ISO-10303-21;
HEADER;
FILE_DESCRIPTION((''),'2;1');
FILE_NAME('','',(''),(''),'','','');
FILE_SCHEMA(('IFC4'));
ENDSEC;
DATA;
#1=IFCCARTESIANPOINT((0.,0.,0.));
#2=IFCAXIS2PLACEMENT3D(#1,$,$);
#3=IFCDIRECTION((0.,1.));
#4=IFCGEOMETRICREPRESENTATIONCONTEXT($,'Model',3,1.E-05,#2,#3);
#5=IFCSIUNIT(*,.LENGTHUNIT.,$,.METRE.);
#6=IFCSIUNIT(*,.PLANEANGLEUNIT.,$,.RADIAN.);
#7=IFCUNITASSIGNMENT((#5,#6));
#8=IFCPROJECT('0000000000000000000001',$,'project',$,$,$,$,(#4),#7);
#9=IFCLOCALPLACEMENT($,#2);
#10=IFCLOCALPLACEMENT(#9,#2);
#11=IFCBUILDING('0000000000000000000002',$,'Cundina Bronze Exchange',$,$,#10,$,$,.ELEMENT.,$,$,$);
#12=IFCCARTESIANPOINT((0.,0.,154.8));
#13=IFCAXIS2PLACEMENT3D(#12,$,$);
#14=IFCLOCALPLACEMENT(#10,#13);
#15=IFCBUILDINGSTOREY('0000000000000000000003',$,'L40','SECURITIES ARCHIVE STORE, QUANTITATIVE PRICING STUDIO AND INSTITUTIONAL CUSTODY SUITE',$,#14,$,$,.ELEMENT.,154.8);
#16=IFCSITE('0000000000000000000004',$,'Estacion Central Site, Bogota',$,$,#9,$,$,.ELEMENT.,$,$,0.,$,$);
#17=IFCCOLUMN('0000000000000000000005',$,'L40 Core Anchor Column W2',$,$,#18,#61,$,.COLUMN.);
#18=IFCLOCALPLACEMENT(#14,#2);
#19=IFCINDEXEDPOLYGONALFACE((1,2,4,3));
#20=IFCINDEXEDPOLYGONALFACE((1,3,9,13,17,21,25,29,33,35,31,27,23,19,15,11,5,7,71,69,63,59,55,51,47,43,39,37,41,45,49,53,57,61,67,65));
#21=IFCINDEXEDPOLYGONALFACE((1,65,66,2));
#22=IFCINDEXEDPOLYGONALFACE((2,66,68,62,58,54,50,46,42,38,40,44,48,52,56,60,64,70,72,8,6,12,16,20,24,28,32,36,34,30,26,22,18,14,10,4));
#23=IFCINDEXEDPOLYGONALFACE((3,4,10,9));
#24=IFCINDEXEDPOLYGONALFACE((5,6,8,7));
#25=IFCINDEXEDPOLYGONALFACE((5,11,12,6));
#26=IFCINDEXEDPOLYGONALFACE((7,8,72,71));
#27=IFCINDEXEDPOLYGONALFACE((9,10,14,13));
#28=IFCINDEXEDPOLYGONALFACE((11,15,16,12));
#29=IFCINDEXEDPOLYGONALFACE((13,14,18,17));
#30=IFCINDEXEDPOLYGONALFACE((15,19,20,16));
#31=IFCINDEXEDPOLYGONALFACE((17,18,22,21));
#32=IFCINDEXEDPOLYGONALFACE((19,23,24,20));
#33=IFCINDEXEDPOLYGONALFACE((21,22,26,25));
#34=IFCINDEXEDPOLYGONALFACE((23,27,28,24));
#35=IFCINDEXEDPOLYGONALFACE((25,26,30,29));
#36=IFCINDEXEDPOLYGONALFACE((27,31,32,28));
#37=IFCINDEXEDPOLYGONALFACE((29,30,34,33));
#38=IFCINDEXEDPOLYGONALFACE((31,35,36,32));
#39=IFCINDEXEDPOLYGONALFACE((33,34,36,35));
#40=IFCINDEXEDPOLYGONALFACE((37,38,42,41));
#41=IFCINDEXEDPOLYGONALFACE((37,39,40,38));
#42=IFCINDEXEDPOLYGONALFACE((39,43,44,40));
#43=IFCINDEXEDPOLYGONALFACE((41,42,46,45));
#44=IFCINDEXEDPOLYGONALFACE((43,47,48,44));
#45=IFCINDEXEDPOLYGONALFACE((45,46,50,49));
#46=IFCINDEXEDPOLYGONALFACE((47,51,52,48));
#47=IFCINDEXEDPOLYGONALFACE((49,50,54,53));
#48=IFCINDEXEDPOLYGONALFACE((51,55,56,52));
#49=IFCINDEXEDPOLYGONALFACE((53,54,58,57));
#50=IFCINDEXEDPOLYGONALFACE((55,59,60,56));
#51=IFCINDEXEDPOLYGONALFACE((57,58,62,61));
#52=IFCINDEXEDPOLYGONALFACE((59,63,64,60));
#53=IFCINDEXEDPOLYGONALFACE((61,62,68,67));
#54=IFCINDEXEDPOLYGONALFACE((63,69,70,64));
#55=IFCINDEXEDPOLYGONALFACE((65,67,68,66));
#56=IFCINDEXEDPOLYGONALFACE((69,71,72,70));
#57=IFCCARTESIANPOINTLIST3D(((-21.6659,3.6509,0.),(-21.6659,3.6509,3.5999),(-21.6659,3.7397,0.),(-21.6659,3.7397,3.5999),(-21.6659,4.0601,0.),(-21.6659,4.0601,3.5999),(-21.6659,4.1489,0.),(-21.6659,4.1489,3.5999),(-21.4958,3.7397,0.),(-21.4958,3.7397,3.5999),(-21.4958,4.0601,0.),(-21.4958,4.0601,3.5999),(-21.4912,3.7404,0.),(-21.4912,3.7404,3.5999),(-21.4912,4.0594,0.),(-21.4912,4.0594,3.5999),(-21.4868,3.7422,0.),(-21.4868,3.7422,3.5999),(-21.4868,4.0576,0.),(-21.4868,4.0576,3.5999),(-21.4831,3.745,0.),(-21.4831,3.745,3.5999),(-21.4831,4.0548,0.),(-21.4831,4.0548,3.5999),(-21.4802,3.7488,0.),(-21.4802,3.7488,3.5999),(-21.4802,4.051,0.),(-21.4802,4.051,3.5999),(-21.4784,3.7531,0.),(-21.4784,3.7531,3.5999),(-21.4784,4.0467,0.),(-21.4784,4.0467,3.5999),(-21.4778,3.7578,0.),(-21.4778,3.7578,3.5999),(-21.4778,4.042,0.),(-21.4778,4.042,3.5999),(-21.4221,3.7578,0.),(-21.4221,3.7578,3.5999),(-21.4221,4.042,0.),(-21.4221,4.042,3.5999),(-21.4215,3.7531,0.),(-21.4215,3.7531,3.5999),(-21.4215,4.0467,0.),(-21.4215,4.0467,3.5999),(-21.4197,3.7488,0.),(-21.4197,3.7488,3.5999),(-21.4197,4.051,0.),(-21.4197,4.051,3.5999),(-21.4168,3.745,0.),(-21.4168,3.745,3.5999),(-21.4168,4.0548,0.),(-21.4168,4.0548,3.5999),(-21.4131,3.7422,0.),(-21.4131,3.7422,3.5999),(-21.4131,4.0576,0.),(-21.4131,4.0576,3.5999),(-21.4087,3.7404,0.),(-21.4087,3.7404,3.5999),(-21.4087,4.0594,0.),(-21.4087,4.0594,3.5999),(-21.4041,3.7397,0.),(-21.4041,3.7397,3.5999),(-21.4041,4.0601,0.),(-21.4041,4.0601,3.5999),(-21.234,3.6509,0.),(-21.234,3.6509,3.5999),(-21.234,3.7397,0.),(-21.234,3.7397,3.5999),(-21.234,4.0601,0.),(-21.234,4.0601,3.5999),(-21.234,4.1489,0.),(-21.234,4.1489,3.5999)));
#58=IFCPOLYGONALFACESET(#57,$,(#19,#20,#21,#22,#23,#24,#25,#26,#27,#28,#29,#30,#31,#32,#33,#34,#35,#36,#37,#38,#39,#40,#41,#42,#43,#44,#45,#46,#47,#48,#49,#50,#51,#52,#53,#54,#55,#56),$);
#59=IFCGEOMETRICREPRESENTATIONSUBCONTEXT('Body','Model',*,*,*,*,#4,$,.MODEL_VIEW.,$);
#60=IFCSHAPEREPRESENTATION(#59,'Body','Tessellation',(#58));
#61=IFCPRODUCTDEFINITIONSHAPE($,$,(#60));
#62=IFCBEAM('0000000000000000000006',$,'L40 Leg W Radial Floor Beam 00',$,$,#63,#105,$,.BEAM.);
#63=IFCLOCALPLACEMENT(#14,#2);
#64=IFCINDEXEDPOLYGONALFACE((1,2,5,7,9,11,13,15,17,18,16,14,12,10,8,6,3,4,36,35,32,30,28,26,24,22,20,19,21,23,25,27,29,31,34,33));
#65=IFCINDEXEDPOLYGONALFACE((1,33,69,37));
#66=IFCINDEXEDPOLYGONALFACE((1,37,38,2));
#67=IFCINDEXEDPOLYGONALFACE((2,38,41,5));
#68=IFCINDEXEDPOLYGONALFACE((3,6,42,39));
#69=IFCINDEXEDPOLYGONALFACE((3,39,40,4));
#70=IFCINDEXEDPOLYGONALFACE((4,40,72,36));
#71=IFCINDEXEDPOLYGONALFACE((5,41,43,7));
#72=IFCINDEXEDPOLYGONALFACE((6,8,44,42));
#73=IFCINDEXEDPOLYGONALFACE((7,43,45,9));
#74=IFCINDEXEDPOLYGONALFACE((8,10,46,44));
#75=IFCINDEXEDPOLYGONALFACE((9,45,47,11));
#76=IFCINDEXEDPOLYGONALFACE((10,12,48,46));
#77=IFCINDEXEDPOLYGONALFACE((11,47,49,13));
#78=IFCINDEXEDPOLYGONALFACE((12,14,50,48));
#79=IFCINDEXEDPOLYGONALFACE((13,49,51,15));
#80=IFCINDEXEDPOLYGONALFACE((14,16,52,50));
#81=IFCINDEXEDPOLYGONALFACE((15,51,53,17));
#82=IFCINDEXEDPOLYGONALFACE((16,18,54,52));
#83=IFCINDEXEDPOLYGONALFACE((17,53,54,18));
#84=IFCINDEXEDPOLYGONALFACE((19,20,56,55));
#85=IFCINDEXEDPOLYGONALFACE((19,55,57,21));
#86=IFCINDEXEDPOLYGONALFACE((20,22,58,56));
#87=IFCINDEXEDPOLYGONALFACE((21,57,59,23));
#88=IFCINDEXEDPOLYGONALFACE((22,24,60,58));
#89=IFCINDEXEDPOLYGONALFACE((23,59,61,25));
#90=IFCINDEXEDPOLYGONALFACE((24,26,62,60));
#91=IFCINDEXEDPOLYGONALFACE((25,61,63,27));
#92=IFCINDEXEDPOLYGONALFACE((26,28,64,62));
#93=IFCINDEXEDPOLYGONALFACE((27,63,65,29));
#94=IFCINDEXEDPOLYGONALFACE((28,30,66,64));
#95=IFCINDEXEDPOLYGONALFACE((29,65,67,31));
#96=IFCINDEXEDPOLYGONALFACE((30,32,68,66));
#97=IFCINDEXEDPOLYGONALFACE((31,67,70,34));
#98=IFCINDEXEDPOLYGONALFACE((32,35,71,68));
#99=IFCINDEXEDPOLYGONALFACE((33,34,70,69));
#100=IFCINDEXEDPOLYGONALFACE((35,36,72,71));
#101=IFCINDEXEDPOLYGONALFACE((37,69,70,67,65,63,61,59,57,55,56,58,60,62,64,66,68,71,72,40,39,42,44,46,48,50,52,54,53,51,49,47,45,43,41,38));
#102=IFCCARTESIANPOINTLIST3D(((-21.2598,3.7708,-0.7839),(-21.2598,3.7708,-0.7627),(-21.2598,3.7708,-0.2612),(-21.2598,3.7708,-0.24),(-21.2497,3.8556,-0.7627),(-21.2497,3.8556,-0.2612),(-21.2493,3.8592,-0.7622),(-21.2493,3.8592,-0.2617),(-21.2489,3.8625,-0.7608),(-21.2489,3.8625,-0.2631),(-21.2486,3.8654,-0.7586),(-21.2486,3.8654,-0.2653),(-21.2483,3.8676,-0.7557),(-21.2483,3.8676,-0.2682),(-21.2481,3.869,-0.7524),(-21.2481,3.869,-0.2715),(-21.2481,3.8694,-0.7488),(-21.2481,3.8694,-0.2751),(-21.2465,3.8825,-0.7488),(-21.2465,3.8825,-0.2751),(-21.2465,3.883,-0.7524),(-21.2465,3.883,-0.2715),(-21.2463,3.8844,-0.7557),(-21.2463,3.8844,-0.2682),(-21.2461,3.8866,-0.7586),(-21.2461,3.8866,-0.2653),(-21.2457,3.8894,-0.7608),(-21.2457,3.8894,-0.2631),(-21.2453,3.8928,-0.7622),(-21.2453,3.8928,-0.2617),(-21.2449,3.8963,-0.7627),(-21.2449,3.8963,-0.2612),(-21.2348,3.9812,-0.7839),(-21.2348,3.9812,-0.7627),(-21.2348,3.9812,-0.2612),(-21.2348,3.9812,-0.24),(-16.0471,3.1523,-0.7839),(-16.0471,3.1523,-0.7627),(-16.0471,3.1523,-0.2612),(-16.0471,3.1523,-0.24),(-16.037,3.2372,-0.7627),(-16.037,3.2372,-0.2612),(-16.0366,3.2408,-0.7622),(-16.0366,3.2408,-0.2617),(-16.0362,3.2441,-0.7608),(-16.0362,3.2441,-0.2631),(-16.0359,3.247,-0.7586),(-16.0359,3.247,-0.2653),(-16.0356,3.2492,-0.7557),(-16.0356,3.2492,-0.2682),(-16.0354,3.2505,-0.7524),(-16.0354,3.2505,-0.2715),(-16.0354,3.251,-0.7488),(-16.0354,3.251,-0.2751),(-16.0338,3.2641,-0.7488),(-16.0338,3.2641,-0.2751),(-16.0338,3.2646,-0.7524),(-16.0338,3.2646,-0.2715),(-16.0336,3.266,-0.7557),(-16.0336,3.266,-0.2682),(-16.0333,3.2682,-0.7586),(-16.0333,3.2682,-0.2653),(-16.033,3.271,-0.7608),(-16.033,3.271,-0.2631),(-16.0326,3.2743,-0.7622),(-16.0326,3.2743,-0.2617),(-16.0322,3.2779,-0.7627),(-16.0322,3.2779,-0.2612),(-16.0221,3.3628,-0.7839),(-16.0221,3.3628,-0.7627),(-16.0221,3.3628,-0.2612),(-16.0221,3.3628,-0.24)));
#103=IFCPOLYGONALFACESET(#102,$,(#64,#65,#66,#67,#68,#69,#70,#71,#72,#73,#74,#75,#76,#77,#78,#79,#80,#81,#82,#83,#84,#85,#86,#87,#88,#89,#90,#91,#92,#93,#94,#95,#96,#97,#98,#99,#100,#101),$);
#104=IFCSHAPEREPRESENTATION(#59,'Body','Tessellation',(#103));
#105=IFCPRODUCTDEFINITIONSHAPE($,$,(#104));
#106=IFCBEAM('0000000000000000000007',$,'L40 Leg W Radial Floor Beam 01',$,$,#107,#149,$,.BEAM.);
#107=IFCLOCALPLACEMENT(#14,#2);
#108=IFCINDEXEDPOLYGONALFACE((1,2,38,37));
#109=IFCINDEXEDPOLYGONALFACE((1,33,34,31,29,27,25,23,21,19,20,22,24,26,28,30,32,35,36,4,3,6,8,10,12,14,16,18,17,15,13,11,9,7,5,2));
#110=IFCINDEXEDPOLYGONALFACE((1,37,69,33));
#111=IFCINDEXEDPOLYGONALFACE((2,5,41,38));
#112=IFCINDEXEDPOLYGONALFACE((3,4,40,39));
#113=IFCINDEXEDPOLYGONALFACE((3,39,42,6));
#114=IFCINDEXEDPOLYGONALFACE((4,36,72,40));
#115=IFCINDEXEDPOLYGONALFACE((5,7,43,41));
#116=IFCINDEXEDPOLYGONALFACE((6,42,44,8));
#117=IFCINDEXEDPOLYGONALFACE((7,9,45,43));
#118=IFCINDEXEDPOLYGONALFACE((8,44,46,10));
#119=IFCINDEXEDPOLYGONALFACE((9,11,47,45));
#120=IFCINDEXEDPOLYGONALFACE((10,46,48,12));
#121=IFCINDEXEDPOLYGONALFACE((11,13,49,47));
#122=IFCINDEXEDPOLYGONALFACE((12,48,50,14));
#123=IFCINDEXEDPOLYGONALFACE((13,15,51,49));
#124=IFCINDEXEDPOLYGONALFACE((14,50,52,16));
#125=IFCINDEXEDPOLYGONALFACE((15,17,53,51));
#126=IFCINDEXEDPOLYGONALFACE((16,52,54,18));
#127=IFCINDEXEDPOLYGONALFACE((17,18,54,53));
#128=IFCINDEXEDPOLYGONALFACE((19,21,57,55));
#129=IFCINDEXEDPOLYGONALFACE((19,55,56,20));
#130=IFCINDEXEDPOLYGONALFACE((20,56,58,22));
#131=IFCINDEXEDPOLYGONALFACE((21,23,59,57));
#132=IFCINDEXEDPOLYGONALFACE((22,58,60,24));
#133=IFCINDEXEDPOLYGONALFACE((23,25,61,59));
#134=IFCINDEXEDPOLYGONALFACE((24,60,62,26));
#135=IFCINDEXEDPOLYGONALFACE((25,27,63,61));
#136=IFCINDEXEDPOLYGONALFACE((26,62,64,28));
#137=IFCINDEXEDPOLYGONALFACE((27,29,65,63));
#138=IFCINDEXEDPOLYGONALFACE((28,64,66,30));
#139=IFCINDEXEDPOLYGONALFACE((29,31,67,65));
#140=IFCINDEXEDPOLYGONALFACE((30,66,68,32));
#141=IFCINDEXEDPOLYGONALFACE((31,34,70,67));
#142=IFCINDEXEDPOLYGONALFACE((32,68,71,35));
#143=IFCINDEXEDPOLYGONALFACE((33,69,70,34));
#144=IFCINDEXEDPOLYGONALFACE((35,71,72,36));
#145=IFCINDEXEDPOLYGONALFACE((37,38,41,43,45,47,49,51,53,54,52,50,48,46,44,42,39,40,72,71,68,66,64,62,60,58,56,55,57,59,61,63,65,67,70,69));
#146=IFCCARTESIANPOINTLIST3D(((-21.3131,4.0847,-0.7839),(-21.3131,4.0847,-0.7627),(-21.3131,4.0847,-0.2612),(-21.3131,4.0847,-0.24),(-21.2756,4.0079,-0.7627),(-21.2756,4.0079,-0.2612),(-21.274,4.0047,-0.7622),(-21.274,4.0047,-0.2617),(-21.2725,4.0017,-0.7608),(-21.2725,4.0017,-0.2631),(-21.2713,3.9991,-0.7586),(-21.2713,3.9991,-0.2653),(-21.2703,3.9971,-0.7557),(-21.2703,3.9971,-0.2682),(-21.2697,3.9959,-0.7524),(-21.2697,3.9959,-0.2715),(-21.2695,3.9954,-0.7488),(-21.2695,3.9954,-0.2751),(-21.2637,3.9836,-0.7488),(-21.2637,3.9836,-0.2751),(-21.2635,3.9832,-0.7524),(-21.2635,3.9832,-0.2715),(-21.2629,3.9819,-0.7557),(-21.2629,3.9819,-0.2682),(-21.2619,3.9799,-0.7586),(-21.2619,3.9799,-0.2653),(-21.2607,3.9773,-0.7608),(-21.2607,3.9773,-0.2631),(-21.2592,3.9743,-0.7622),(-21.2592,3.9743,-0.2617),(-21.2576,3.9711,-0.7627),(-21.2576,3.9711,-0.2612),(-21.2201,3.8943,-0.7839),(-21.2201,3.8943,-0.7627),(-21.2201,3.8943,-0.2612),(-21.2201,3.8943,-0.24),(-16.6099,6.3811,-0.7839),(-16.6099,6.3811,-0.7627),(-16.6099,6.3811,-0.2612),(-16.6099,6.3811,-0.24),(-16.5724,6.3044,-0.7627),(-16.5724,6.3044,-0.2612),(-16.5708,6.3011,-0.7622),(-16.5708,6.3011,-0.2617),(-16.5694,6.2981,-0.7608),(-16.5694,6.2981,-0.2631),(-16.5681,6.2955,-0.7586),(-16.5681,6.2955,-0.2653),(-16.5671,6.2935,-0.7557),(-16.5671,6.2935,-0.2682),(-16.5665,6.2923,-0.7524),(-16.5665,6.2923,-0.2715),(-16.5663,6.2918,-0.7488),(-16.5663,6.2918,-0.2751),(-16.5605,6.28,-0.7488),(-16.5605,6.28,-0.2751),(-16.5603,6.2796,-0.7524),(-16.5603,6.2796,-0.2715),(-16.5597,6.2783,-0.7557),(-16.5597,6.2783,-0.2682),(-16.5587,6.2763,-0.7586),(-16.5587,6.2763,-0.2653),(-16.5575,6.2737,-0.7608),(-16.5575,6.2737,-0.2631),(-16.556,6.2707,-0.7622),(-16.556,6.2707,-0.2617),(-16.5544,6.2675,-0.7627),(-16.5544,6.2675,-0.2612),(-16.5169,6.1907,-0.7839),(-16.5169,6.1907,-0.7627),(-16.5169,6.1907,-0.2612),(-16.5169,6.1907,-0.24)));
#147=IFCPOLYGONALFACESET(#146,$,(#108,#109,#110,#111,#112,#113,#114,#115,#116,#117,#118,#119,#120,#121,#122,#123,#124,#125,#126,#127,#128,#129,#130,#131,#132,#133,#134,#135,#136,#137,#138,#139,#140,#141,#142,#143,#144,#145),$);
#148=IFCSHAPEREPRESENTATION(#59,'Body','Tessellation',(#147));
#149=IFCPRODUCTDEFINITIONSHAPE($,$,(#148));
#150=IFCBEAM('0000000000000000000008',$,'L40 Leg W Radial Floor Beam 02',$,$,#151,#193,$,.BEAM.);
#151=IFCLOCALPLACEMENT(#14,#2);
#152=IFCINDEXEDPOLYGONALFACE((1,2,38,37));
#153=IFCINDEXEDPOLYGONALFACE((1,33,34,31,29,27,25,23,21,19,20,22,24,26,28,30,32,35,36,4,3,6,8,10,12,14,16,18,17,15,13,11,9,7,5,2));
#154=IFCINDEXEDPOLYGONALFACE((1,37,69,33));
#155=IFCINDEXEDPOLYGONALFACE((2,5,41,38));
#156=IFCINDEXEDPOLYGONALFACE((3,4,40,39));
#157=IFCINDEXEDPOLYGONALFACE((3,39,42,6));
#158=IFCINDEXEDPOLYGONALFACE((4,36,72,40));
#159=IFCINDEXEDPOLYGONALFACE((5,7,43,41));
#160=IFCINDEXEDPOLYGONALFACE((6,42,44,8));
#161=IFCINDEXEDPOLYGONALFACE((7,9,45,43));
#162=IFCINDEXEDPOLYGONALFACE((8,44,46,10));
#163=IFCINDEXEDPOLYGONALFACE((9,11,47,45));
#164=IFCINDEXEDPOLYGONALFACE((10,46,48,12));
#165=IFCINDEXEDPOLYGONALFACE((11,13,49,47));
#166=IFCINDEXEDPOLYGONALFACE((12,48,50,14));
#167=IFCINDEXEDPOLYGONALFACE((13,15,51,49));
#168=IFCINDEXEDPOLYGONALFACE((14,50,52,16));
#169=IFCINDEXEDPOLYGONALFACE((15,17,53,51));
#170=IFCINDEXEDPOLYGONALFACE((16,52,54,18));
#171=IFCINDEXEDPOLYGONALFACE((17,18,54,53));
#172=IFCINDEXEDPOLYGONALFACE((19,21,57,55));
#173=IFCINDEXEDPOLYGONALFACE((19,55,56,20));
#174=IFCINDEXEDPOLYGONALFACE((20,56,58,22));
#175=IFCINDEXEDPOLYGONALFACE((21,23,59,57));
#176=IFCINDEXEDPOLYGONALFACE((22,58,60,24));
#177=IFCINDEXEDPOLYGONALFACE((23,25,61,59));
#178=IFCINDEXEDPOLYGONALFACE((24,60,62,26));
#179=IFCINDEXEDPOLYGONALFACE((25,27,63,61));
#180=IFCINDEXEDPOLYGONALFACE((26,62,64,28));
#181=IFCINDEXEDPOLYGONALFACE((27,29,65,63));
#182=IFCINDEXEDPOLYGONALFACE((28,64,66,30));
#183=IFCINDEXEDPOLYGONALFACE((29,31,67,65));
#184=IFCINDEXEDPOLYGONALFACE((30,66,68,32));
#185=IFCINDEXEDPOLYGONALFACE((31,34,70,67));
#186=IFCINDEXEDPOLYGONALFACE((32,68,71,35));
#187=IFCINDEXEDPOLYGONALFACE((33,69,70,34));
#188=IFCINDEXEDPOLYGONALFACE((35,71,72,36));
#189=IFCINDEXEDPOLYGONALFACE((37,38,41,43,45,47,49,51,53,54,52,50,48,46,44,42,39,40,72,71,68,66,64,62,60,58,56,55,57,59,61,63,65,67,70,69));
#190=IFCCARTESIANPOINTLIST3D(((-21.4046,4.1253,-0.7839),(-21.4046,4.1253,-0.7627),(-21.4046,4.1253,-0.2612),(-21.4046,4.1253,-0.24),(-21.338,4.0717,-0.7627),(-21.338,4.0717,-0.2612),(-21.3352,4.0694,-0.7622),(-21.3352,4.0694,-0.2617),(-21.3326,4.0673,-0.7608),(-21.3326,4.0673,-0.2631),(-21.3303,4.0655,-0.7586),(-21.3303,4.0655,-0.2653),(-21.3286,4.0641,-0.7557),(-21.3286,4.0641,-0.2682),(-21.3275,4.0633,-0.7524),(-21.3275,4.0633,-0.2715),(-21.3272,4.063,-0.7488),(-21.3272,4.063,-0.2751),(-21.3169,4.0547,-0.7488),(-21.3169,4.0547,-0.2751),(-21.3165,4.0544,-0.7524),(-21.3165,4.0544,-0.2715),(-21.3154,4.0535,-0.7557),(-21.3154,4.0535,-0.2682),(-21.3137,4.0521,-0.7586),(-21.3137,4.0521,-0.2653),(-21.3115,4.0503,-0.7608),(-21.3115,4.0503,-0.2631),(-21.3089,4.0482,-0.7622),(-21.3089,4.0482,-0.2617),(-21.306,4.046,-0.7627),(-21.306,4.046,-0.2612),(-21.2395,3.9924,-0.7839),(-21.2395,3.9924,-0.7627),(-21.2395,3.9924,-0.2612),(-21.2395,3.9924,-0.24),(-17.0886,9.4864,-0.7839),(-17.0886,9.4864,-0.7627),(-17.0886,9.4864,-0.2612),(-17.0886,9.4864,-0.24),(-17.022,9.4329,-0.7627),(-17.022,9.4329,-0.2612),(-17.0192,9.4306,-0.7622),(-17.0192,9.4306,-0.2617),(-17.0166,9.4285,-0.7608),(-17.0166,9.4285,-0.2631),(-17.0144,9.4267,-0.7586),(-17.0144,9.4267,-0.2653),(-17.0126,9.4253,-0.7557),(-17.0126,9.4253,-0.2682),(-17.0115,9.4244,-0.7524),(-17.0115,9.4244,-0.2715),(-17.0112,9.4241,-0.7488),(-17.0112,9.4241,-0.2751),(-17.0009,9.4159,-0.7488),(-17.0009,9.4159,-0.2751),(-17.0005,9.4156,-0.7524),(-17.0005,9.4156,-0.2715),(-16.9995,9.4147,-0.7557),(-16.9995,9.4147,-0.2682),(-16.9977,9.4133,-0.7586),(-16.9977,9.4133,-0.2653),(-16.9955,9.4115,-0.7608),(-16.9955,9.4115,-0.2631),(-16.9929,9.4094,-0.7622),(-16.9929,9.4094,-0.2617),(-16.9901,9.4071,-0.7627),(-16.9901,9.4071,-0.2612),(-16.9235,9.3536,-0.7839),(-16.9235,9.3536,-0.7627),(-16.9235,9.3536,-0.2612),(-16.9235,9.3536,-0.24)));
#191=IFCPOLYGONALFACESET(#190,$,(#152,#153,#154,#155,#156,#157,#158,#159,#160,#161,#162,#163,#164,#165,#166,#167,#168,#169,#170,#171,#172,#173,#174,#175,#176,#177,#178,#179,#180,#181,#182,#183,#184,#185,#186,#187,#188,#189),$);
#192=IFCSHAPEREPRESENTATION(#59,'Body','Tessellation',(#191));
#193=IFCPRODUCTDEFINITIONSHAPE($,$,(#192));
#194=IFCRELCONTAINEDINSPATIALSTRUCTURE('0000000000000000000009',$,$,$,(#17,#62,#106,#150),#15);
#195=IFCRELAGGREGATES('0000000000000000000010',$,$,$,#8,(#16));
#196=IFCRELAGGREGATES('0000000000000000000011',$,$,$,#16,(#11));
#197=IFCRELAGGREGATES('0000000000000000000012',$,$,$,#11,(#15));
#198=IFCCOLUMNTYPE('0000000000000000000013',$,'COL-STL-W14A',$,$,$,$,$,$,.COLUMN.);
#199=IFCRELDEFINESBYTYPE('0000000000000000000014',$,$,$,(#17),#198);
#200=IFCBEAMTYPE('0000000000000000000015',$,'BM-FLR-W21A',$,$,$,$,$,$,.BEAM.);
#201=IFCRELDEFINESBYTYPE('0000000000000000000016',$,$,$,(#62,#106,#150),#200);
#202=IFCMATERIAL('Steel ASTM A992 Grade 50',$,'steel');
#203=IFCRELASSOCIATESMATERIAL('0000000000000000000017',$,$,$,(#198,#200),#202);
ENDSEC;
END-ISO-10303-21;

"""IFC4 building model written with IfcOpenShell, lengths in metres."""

from ifc_helpers import new_model, si_unit, direction, frame, origin, origin_2d, place, context, subcontext, project, spatial, i_section, extrude, material, material_profile, profile_set, type_object, element, save


model = new_model("IFC4")

# Units and contexts
model_context = context("Model", 3, precision=1e-05, world=origin(), true_north=direction((0.0, 1.0)))
body_context = subcontext(model_context, "Body", "Model", "MODEL_VIEW")
ifc_project = project(units=[si_unit("LENGTHUNIT", "METRE"), si_unit("PLANEANGLEUNIT", "RADIAN")], contexts=[model_context])

# Site, building, storey
site_placement = place(None, origin())
site = spatial("IfcSite", under=ifc_project, at=site_placement, Name="Estacion Central Site, Bogota", CompositionType="ELEMENT", RefElevation=0.0)
building_placement = place(site_placement, origin())
building = spatial("IfcBuilding", under=site, at=building_placement, Name="Cundina Bronze Exchange", CompositionType="ELEMENT")
storey_placement = place(building_placement, frame((0.0, 0.0, 154.8)))
storey = spatial("IfcBuildingStorey", under=building, at=storey_placement, Name="L40", Description="SECURITIES ARCHIVE STORE, QUANTITATIVE PRICING STUDIO AND INSTITUTIONAL CUSTODY SUITE", CompositionType="ELEMENT", Elevation=154.8)

# Column
ifc_material_1 = material(Name="Steel ASTM A992 Grade 50", Category="steel")
ifc_material_profile_1 = material_profile(ifc_material_1, i_section(OverallWidth=0.4319, OverallDepth=0.498, WebThickness=0.0557, FlangeThickness=0.0889, FilletRadius=0.0181, at=origin_2d()), Name="W14X500", Category="steel")
ifc_profile_set_1 = profile_set([ifc_material_profile_1], Name="Steel ASTM A992 Grade 50")
column_type = type_object("IfcColumnType", Name="COL-STL-W14A", PredefinedType="COLUMN", material=ifc_profile_set_1)
column_placement = place(storey_placement, frame((-21.45, 3.8999, 0.0), z_axis=(0.0, 0.0, 1.0), x_axis=(1.0, 0.0, 0.0)))
element("IfcColumn", 1, at=column_placement, inside=storey, type_object=column_type, Name="L40 Core Anchor Column W2", PredefinedType="COLUMN", context=body_context, shape_type="SweptSolid", body=[
    extrude(i_section(OverallWidth=0.4319, OverallDepth=0.498, WebThickness=0.0557, FlangeThickness=0.0889, FilletRadius=0.0181, at=origin_2d()), origin(), (0.0, 0.0, 1.0), 3.5999),
])

# Beams
ifc_material_profile_2 = material_profile(ifc_material_1, i_section(OverallWidth=0.2119, OverallDepth=0.5439, WebThickness=0.0132, FlangeThickness=0.0212, FilletRadius=0.0139, at=origin_2d()), Name="W21X83", Category="steel")
ifc_profile_set_2 = profile_set([ifc_material_profile_2], Name="Steel ASTM A992 Grade 50")
beam_type_1 = type_object("IfcBeamType", Name="BM-FLR-W21A", PredefinedType="BEAM", material=ifc_profile_set_2)
beam_1_placement = place(storey_placement, frame((-21.2473, 3.876, -0.512), z_axis=(0.993036, -0.11781, 0.0), x_axis=(0.11781, 0.993036, 0.0)))
element("IfcBeam", 2, at=beam_1_placement, inside=storey, type_object=beam_type_1, Name="L40 Leg W Radial Floor Beam 00", PredefinedType="BEAM", context=body_context, shape_type="SweptSolid", body=[
    extrude(i_section(OverallWidth=0.2119, OverallDepth=0.5439, WebThickness=0.0132, FlangeThickness=0.0212, FilletRadius=0.0139, at=origin_2d()), origin(), (0.0, 0.0, 1.0), 5.2493),
])
beam_2_placement = place(storey_placement, frame((-21.2666, 3.9895, -0.512), z_axis=(0.898604, 0.43876, 0.0), x_axis=(-0.43876, 0.898604, 0.0)))
element("IfcBeam", 3, at=beam_2_placement, inside=storey, type_object=beam_type_1, Name="L40 Leg W Radial Floor Beam 01", PredefinedType="BEAM", context=body_context, shape_type="SweptSolid", body=[
    extrude(i_section(OverallWidth=0.2119, OverallDepth=0.5439, WebThickness=0.0132, FlangeThickness=0.0212, FilletRadius=0.0139, at=origin_2d()), origin(), (0.0, 0.0, 1.0), 5.2339),
])
beam_3_placement = place(storey_placement, frame((-21.322, 4.0588, -0.512), z_axis=(0.627089, 0.778948, 0.0), x_axis=(-0.778948, 0.627089, 0.0)))
element("IfcBeam", 4, at=beam_3_placement, inside=storey, type_object=beam_type_1, Name="L40 Leg W Radial Floor Beam 02", PredefinedType="BEAM", context=body_context, shape_type="SweptSolid", body=[
    extrude(i_section(OverallWidth=0.2119, OverallDepth=0.5439, WebThickness=0.0132, FlangeThickness=0.0212, FilletRadius=0.0139, at=origin_2d()), origin(), (0.0, 0.0, 1.0), 6.8826),
])

save(model, "model.ifc")
